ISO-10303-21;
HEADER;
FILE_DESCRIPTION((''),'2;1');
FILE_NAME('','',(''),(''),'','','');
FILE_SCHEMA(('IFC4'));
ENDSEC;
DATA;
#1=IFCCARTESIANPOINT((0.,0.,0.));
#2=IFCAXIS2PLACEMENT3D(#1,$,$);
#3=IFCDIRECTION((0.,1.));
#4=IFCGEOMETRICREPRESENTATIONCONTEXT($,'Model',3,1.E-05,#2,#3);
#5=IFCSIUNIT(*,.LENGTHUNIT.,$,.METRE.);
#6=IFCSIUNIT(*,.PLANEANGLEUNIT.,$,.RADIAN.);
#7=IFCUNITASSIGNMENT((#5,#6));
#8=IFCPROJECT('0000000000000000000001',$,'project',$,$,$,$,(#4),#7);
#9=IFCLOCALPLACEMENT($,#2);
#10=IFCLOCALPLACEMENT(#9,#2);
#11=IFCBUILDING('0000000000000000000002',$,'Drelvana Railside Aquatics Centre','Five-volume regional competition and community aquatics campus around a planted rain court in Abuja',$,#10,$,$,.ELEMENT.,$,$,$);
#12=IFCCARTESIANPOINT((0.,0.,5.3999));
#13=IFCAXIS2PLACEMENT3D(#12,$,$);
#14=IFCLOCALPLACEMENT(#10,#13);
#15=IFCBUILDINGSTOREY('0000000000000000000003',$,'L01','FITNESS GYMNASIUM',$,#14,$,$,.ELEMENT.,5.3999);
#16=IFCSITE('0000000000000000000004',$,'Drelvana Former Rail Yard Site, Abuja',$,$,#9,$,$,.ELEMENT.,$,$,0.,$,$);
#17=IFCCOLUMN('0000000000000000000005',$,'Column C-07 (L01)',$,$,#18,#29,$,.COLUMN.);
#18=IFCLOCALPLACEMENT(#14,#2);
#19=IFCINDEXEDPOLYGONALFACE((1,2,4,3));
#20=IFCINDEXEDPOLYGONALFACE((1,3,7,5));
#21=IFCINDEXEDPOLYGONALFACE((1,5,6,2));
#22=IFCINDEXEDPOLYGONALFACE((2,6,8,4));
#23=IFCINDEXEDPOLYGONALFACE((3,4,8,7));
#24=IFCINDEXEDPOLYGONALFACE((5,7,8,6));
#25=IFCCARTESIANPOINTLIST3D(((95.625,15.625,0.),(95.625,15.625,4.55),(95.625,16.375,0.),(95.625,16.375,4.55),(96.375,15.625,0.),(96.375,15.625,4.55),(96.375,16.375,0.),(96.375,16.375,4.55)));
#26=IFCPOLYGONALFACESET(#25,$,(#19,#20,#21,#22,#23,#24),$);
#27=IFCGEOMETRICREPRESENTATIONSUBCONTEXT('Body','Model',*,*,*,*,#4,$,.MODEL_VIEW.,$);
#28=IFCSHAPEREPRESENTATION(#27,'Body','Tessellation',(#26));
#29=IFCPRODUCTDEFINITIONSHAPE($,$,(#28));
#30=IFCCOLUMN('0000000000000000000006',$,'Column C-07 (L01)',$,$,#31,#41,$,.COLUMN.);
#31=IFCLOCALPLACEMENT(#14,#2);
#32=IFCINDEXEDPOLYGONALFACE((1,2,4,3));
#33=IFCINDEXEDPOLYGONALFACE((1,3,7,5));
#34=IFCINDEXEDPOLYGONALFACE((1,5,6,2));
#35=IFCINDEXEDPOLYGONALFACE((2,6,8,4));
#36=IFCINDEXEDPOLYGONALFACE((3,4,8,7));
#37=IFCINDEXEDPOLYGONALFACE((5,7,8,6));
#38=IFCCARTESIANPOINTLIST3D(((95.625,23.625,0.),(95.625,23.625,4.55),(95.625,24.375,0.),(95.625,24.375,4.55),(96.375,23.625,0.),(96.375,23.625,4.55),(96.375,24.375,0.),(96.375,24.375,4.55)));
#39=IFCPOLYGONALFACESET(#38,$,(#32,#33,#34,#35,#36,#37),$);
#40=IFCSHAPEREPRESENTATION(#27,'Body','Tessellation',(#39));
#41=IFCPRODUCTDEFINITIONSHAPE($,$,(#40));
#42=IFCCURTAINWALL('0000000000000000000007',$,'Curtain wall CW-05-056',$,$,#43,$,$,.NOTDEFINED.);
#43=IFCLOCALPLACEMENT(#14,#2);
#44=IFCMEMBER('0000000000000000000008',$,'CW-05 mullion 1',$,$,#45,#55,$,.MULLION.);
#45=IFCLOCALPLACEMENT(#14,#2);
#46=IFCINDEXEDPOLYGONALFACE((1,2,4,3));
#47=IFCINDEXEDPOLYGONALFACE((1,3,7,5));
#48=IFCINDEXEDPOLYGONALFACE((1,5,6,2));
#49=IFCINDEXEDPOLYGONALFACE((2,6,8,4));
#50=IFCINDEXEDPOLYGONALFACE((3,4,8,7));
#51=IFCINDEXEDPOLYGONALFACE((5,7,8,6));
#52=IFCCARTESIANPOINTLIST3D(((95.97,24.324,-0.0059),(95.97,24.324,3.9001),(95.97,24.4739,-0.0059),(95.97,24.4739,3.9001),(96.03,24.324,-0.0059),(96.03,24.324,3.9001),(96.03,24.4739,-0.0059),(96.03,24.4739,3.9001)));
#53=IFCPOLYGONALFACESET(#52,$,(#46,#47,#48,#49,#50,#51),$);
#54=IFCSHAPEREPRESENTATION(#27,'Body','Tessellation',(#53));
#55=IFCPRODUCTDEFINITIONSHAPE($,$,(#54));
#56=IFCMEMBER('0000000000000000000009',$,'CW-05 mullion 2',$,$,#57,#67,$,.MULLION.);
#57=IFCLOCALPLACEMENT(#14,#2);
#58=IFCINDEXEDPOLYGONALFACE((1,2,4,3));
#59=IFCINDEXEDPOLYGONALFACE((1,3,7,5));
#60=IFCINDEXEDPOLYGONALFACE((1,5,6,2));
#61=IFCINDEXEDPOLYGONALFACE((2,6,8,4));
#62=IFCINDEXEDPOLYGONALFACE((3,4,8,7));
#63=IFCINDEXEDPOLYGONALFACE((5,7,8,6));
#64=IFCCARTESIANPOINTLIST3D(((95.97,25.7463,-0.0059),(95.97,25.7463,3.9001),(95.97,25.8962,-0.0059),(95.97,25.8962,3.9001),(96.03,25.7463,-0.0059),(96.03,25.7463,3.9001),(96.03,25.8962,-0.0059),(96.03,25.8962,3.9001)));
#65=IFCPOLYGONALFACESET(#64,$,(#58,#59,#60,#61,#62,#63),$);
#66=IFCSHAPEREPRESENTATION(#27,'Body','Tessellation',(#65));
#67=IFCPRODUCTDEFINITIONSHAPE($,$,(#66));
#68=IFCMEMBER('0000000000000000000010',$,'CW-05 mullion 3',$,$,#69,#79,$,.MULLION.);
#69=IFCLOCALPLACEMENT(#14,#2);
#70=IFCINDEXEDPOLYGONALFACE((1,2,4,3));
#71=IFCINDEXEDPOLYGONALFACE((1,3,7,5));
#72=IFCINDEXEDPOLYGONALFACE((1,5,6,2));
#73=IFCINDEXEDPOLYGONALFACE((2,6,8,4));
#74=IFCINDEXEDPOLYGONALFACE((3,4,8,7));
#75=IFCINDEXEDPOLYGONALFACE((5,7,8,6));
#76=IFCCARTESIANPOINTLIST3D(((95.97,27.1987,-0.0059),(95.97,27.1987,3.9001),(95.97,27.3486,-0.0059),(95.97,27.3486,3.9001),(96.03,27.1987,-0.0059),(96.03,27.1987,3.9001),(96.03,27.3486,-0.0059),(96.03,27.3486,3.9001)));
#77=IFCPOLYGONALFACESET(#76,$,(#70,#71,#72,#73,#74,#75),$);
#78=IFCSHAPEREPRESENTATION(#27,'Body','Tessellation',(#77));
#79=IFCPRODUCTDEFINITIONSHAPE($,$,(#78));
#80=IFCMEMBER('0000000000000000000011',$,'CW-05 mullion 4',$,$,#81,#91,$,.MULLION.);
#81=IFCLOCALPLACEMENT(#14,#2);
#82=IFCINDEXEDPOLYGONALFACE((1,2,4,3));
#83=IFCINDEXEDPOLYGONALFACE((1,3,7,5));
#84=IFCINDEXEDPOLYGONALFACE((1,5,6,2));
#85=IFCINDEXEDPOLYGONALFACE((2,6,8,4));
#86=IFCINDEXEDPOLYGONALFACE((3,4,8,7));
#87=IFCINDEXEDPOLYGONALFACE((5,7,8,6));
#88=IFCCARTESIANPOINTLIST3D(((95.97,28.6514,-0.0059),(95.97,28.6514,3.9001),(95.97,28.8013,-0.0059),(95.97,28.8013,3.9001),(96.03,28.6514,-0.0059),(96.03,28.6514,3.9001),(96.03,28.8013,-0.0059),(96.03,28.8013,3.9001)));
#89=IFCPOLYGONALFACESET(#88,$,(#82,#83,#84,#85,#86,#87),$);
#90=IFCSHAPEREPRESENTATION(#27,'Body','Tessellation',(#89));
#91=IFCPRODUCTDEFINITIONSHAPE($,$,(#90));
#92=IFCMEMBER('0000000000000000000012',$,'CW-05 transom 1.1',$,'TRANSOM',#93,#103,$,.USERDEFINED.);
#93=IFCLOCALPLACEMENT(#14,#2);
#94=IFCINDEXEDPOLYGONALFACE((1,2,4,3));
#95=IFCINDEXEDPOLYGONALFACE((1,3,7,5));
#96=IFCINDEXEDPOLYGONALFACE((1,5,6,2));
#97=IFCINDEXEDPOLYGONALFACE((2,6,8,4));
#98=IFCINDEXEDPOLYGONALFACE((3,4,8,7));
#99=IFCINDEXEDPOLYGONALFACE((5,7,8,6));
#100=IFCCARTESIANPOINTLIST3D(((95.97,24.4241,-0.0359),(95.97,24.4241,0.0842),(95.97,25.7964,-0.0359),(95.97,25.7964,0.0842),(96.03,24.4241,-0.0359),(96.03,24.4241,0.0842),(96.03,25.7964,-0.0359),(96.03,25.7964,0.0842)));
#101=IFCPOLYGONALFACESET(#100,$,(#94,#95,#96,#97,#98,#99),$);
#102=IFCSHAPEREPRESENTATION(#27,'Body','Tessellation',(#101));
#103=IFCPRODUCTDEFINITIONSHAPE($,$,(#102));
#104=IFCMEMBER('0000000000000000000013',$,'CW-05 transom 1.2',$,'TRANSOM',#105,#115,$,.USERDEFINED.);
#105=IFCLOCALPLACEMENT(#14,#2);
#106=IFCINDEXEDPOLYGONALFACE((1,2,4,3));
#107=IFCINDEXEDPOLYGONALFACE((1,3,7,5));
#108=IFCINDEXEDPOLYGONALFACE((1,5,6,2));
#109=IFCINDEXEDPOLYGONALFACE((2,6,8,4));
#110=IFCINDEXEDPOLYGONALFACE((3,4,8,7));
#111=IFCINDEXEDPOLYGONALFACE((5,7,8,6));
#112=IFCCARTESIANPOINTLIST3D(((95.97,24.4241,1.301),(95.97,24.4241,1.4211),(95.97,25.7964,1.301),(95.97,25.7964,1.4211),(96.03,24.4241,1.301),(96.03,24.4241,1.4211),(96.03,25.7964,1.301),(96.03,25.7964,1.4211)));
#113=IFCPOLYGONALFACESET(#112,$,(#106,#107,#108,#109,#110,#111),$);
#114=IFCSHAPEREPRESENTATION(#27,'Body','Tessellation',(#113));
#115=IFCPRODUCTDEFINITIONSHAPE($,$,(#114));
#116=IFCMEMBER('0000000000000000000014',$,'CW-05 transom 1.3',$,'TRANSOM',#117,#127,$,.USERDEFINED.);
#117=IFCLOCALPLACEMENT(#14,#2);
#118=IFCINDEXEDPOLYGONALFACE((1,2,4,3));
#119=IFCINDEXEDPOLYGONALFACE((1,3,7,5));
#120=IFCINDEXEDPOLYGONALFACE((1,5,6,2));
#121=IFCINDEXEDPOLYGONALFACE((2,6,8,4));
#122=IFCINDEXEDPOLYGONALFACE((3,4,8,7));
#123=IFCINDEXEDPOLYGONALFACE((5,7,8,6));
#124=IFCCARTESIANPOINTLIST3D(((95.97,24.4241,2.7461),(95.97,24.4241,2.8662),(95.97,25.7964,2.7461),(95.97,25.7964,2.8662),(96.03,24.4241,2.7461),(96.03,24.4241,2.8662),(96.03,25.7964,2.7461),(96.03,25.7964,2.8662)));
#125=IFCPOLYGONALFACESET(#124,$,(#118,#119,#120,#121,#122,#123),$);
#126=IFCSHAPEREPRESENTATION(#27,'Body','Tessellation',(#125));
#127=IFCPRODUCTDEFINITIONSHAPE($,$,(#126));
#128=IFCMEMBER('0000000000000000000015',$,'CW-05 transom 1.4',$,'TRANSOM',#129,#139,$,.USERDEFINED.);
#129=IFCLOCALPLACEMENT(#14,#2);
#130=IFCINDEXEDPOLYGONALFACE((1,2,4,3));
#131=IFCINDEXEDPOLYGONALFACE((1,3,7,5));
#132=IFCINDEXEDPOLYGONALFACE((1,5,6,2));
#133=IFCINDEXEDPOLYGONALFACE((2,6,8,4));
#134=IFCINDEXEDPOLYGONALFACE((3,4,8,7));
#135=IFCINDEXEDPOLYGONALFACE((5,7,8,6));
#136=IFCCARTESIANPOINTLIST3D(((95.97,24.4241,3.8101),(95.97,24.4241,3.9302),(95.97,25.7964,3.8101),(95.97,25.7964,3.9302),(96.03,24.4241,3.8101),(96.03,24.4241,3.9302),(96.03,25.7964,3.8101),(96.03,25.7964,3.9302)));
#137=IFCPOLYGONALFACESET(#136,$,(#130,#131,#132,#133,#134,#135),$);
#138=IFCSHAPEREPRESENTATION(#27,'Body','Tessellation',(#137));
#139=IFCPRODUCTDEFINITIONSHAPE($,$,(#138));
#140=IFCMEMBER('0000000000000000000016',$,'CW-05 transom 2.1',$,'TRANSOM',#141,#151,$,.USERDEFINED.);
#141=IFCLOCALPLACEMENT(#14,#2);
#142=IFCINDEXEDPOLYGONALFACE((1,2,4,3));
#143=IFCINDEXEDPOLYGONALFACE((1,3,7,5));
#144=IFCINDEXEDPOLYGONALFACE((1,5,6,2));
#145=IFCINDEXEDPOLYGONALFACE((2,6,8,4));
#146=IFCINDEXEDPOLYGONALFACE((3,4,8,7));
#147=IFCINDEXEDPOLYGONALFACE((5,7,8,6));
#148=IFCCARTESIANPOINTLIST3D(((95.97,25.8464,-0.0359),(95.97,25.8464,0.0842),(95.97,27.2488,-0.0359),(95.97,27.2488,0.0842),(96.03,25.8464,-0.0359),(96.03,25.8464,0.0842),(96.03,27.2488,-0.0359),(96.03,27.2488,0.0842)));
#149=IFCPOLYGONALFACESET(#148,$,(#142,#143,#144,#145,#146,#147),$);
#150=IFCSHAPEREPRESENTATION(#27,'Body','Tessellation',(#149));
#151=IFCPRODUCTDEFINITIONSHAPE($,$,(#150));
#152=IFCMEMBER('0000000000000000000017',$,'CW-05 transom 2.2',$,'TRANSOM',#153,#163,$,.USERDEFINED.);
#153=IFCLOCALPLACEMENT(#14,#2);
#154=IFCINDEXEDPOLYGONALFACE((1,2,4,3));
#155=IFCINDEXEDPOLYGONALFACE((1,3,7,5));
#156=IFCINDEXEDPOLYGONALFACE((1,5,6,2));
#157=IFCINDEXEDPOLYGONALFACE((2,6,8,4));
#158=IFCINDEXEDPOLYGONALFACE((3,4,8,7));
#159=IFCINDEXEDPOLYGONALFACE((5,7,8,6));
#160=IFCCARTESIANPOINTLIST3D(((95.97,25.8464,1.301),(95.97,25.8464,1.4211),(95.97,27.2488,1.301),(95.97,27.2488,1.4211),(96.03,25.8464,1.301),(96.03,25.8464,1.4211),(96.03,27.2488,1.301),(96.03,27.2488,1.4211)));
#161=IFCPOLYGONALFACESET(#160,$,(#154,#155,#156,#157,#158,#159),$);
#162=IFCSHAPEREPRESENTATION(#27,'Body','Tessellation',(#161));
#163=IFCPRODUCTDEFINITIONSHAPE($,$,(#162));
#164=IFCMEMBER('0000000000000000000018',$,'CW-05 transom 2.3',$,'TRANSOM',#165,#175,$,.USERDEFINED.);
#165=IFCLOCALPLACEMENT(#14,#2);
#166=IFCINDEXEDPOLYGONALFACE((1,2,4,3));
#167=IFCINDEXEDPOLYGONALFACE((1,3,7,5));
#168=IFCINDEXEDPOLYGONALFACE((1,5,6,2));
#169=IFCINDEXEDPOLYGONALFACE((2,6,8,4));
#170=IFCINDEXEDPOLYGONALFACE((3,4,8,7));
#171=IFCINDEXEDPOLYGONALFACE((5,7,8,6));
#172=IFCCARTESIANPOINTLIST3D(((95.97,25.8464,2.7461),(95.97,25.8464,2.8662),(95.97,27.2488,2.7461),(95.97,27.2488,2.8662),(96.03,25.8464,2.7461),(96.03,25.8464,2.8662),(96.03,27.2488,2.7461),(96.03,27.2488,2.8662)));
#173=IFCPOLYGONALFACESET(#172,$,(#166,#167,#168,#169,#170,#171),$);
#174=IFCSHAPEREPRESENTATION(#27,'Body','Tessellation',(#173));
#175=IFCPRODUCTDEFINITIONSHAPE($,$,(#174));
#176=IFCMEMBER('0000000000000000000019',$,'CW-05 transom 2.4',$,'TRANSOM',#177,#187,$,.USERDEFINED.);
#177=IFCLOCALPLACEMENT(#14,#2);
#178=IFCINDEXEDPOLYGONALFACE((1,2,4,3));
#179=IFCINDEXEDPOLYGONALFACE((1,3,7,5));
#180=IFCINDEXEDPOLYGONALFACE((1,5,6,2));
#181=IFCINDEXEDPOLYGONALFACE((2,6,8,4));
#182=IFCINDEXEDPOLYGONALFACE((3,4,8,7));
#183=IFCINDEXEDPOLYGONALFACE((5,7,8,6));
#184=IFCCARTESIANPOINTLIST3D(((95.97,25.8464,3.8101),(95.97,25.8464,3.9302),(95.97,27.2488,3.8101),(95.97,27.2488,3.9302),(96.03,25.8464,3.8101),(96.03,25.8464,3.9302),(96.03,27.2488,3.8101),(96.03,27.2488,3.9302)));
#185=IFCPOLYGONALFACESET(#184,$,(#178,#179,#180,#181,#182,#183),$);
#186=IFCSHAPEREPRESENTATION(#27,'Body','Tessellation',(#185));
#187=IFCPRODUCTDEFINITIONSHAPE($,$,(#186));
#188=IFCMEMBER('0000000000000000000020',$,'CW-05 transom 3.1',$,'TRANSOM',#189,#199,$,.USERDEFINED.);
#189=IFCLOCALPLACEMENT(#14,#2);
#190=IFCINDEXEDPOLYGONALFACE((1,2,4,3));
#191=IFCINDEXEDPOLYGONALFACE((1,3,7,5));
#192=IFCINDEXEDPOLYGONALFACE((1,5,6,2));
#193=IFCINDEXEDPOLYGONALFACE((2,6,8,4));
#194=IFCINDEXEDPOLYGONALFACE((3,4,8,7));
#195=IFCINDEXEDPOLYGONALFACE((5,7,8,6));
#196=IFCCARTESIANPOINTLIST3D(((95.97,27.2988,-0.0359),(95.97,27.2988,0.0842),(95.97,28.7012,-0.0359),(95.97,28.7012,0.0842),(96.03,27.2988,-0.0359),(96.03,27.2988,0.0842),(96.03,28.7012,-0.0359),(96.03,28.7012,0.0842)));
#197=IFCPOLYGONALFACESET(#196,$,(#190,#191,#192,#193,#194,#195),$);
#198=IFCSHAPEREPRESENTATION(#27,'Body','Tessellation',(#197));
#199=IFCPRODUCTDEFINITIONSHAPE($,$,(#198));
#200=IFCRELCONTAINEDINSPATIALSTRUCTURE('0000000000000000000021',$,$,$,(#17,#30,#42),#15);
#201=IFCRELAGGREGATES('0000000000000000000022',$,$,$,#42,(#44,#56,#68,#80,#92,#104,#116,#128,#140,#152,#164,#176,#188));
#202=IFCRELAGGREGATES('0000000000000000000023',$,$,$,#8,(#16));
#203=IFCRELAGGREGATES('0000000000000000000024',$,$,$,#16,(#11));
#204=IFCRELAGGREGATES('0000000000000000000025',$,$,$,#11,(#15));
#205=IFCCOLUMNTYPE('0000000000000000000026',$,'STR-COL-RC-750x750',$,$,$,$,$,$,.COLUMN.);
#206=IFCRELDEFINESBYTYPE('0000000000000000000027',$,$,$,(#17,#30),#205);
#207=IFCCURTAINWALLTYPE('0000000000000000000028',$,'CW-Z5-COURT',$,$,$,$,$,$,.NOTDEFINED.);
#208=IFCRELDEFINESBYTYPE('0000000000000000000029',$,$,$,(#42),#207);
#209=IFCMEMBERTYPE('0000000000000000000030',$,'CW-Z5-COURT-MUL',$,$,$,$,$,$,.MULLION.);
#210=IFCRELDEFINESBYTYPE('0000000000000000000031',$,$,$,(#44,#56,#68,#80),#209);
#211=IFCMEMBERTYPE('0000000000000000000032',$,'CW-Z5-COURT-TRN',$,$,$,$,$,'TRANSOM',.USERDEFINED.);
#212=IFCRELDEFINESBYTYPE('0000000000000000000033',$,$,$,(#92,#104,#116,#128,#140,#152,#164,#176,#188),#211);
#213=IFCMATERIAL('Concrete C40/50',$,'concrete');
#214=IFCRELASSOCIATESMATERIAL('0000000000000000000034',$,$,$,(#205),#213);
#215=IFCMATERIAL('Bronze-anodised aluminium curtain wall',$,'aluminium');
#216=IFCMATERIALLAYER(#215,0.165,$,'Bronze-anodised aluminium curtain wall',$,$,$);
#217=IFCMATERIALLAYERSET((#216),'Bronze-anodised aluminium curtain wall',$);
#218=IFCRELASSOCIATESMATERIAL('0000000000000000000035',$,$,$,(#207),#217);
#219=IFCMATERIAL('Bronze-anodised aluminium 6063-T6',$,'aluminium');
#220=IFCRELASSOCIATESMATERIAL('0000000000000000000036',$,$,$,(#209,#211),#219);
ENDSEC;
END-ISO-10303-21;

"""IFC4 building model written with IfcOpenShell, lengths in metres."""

from ifc_helpers import new_model, si_unit, direction, frame, origin, origin_2d, place, context, subcontext, project, spatial, rectangle, extrude, material, layer, layer_set, material_profile, profile_set, type_object, element, aggregate, save


model = new_model("IFC4")

# Units and contexts
model_context = context("Model", 3, precision=1e-05, world=origin(), true_north=direction((0.0, 1.0)))
body_context = subcontext(model_context, "Body", "Model", "MODEL_VIEW")
ifc_project = project(units=[si_unit("LENGTHUNIT", "METRE"), si_unit("PLANEANGLEUNIT", "RADIAN")], contexts=[model_context])

# Site, building, storey
site_placement = place(None, origin())
site = spatial("IfcSite", under=ifc_project, at=site_placement, Name="Drelvana Former Rail Yard Site, Abuja", CompositionType="ELEMENT", RefElevation=0.0)
building_placement = place(site_placement, origin())
building = spatial("IfcBuilding", under=site, at=building_placement, Name="Drelvana Railside Aquatics Centre", Description="Five-volume regional competition and community aquatics campus around a planted rain court in Abuja", CompositionType="ELEMENT")
storey_placement = place(building_placement, frame((0.0, 0.0, 5.3999)))
storey = spatial("IfcBuildingStorey", under=building, at=storey_placement, Name="L01", Description="FITNESS GYMNASIUM", CompositionType="ELEMENT", Elevation=5.3999)

# Columns
ifc_material_1 = material(Name="Concrete C40/50", Category="concrete")
ifc_material_profile_1 = material_profile(ifc_material_1, rectangle(XDim=0.75, YDim=0.75, at=origin_2d()), Name="RC 750x750")
ifc_profile_set_1 = profile_set([ifc_material_profile_1], Name="Concrete C40/50")
column_type = type_object("IfcColumnType", Name="STR-COL-RC-750x750", PredefinedType="COLUMN", material=ifc_profile_set_1)
for number, where, z_axis, x_axis, name in (
    (1, (96.0, 16.0, 0.0), (0.0, 0.0, 1.0), (1.0, 0.0, 0.0), "Column C-07 (L01)"),
    (2, (96.0, 24.0, 0.0), (0.0, 0.0, 1.0), (1.0, 0.0, 0.0), "Column C-07 (L01)"),
):
    element("IfcColumn", number, at=place(storey_placement, frame(where, z_axis=z_axis, x_axis=x_axis)), inside=storey, type_object=column_type, Name=name, PredefinedType="COLUMN", context=body_context, shape_type="SweptSolid", body=[
        extrude(rectangle(XDim=0.75, YDim=0.75, at=origin_2d()), origin(), (0.0, 0.0, 1.0), 4.55),
    ])

# Curtain wall, members
ifc_material_2 = material(Name="Bronze-anodised aluminium curtain wall", Category="aluminium")
ifc_layer_1 = layer(ifc_material_2, 0.165, Name="Bronze-anodised aluminium curtain wall")
ifc_layer_set_1 = layer_set([ifc_layer_1], Name="Bronze-anodised aluminium curtain wall")
curtain_wall_type = type_object("IfcCurtainWallType", Name="CW-Z5-COURT", PredefinedType="NOTDEFINED", material=ifc_layer_set_1)
curtain_wall_placement = place(storey_placement, origin())
curtain_wall = element("IfcCurtainWall", 3, at=curtain_wall_placement, inside=storey, type_object=curtain_wall_type, Name="Curtain wall CW-05-056", PredefinedType="NOTDEFINED")
ifc_material_3 = material(Name="Bronze-anodised aluminium 6063-T6", Category="aluminium")
ifc_material_profile_2 = material_profile(ifc_material_3, rectangle(XDim=0.0601, YDim=0.1499, at=origin_2d()), Name="ALU-M 60x150")
ifc_profile_set_2 = profile_set([ifc_material_profile_2], Name="Bronze-anodised aluminium 6063-T6")
member_type_1 = type_object("IfcMemberType", Name="CW-Z5-COURT-MUL", PredefinedType="MULLION", material=ifc_profile_set_2)
member_1_placement = place(storey_placement, frame((96.0, 24.3989, -0.0059), z_axis=(0.0, 0.0, 1.0), x_axis=(-1.0, 0.0, 0.0)))
member_1 = element("IfcMember", 4, at=member_1_placement, type_object=member_type_1, Name="CW-05 mullion 1", PredefinedType="MULLION", context=body_context, shape_type="SweptSolid", body=[
    extrude(rectangle(XDim=0.0601, YDim=0.1499, at=origin_2d()), origin(), (0.0, 0.0, 1.0), 3.906),
])
member_2_placement = place(storey_placement, frame((96.0, 25.8213, -0.0059), z_axis=(0.0, 0.0, 1.0), x_axis=(-1.0, 0.0, 0.0)))
member_2 = element("IfcMember", 5, at=member_2_placement, type_object=member_type_1, Name="CW-05 mullion 2", PredefinedType="MULLION", context=body_context, shape_type="SweptSolid", body=[
    extrude(rectangle(XDim=0.0601, YDim=0.1499, at=origin_2d()), origin(), (0.0, 0.0, 1.0), 3.906),
])
member_3_placement = place(storey_placement, frame((96.0, 27.2737, -0.0059), z_axis=(0.0, 0.0, 1.0), x_axis=(-1.0, 0.0, 0.0)))
member_3 = element("IfcMember", 6, at=member_3_placement, type_object=member_type_1, Name="CW-05 mullion 3", PredefinedType="MULLION", context=body_context, shape_type="SweptSolid", body=[
    extrude(rectangle(XDim=0.0601, YDim=0.1499, at=origin_2d()), origin(), (0.0, 0.0, 1.0), 3.906),
])
member_4_placement = place(storey_placement, frame((96.0, 28.7263, -0.0059), z_axis=(0.0, 0.0, 1.0), x_axis=(-1.0, 0.0, 0.0)))
member_4 = element("IfcMember", 7, at=member_4_placement, type_object=member_type_1, Name="CW-05 mullion 4", PredefinedType="MULLION", context=body_context, shape_type="SweptSolid", body=[
    extrude(rectangle(XDim=0.0601, YDim=0.1499, at=origin_2d()), origin(), (0.0, 0.0, 1.0), 3.906),
])
ifc_material_profile_3 = material_profile(ifc_material_3, rectangle(XDim=0.1201, YDim=0.0601, at=origin_2d()), Name="ALU-T 60x120")
ifc_profile_set_3 = profile_set([ifc_material_profile_3], Name="Bronze-anodised aluminium 6063-T6")
member_type_2 = type_object("IfcMemberType", Name="CW-Z5-COURT-TRN", ElementType="TRANSOM", PredefinedType="USERDEFINED", material=ifc_profile_set_3)
member_5_placement = place(storey_placement, frame((96.0, 24.4241, 0.0242), z_axis=(0.0, 1.0, 0.0), x_axis=(0.0, 0.0, 1.0)))
member_5 = element("IfcMember", 8, at=member_5_placement, type_object=member_type_2, Name="CW-05 transom 1.1", ObjectType="TRANSOM", PredefinedType="USERDEFINED", context=body_context, shape_type="SweptSolid", body=[
    extrude(rectangle(XDim=0.1201, YDim=0.0601, at=origin_2d()), origin(), (0.0, 0.0, 1.0), 1.3723),
])
member_6_placement = place(storey_placement, frame((96.0, 24.4241, 1.3611), z_axis=(0.0, 1.0, 0.0), x_axis=(0.0, 0.0, 1.0)))
member_6 = element("IfcMember", 9, at=member_6_placement, type_object=member_type_2, Name="CW-05 transom 1.2", ObjectType="TRANSOM", PredefinedType="USERDEFINED", context=body_context, shape_type="SweptSolid", body=[
    extrude(rectangle(XDim=0.1201, YDim=0.0601, at=origin_2d()), origin(), (0.0, 0.0, 1.0), 1.3723),
])
member_7_placement = place(storey_placement, frame((96.0, 24.4241, 2.8062), z_axis=(0.0, 1.0, 0.0), x_axis=(0.0, 0.0, 1.0)))
member_7 = element("IfcMember", 10, at=member_7_placement, type_object=member_type_2, Name="CW-05 transom 1.3", ObjectType="TRANSOM", PredefinedType="USERDEFINED", context=body_context, shape_type="SweptSolid", body=[
    extrude(rectangle(XDim=0.1201, YDim=0.0601, at=origin_2d()), origin(), (0.0, 0.0, 1.0), 1.3723),
])
member_8_placement = place(storey_placement, frame((96.0, 24.4241, 3.8701), z_axis=(0.0, 1.0, 0.0), x_axis=(0.0, 0.0, 1.0)))
member_8 = element("IfcMember", 11, at=member_8_placement, type_object=member_type_2, Name="CW-05 transom 1.4", ObjectType="TRANSOM", PredefinedType="USERDEFINED", context=body_context, shape_type="SweptSolid", body=[
    extrude(rectangle(XDim=0.1201, YDim=0.0601, at=origin_2d()), origin(), (0.0, 0.0, 1.0), 1.3723),
])
member_9_placement = place(storey_placement, frame((96.0, 25.8464, 0.0242), z_axis=(0.0, 1.0, 0.0), x_axis=(0.0, 0.0, 1.0)))
member_9 = element("IfcMember", 12, at=member_9_placement, type_object=member_type_2, Name="CW-05 transom 2.1", ObjectType="TRANSOM", PredefinedType="USERDEFINED", context=body_context, shape_type="SweptSolid", body=[
    extrude(rectangle(XDim=0.1201, YDim=0.0601, at=origin_2d()), origin(), (0.0, 0.0, 1.0), 1.4023),
])
member_10_placement = place(storey_placement, frame((96.0, 25.8464, 1.3611), z_axis=(0.0, 1.0, 0.0), x_axis=(0.0, 0.0, 1.0)))
member_10 = element("IfcMember", 13, at=member_10_placement, type_object=member_type_2, Name="CW-05 transom 2.2", ObjectType="TRANSOM", PredefinedType="USERDEFINED", context=body_context, shape_type="SweptSolid", body=[
    extrude(rectangle(XDim=0.1201, YDim=0.0601, at=origin_2d()), origin(), (0.0, 0.0, 1.0), 1.4023),
])
member_11_placement = place(storey_placement, frame((96.0, 25.8464, 2.8062), z_axis=(0.0, 1.0, 0.0), x_axis=(0.0, 0.0, 1.0)))
member_11 = element("IfcMember", 14, at=member_11_placement, type_object=member_type_2, Name="CW-05 transom 2.3", ObjectType="TRANSOM", PredefinedType="USERDEFINED", context=body_context, shape_type="SweptSolid", body=[
    extrude(rectangle(XDim=0.1201, YDim=0.0601, at=origin_2d()), origin(), (0.0, 0.0, 1.0), 1.4023),
])
member_12_placement = place(storey_placement, frame((96.0, 25.8464, 3.8701), z_axis=(0.0, 1.0, 0.0), x_axis=(0.0, 0.0, 1.0)))
member_12 = element("IfcMember", 15, at=member_12_placement, type_object=member_type_2, Name="CW-05 transom 2.4", ObjectType="TRANSOM", PredefinedType="USERDEFINED", context=body_context, shape_type="SweptSolid", body=[
    extrude(rectangle(XDim=0.1201, YDim=0.0601, at=origin_2d()), origin(), (0.0, 0.0, 1.0), 1.4023),
])
member_13_placement = place(storey_placement, frame((96.0, 27.2988, 0.0242), z_axis=(0.0, 1.0, 0.0), x_axis=(0.0, 0.0, 1.0)))
member_13 = element("IfcMember", 16, at=member_13_placement, type_object=member_type_2, Name="CW-05 transom 3.1", ObjectType="TRANSOM", PredefinedType="USERDEFINED", context=body_context, shape_type="SweptSolid", body=[
    extrude(rectangle(XDim=0.1201, YDim=0.0601, at=origin_2d()), origin(), (0.0, 0.0, 1.0), 1.4023),
])

aggregate(curtain_wall, [member_1, member_2, member_3, member_4, member_5, member_6, member_7, member_8, member_9, member_10, member_11, member_12, member_13])

save(model, "model.ifc")
